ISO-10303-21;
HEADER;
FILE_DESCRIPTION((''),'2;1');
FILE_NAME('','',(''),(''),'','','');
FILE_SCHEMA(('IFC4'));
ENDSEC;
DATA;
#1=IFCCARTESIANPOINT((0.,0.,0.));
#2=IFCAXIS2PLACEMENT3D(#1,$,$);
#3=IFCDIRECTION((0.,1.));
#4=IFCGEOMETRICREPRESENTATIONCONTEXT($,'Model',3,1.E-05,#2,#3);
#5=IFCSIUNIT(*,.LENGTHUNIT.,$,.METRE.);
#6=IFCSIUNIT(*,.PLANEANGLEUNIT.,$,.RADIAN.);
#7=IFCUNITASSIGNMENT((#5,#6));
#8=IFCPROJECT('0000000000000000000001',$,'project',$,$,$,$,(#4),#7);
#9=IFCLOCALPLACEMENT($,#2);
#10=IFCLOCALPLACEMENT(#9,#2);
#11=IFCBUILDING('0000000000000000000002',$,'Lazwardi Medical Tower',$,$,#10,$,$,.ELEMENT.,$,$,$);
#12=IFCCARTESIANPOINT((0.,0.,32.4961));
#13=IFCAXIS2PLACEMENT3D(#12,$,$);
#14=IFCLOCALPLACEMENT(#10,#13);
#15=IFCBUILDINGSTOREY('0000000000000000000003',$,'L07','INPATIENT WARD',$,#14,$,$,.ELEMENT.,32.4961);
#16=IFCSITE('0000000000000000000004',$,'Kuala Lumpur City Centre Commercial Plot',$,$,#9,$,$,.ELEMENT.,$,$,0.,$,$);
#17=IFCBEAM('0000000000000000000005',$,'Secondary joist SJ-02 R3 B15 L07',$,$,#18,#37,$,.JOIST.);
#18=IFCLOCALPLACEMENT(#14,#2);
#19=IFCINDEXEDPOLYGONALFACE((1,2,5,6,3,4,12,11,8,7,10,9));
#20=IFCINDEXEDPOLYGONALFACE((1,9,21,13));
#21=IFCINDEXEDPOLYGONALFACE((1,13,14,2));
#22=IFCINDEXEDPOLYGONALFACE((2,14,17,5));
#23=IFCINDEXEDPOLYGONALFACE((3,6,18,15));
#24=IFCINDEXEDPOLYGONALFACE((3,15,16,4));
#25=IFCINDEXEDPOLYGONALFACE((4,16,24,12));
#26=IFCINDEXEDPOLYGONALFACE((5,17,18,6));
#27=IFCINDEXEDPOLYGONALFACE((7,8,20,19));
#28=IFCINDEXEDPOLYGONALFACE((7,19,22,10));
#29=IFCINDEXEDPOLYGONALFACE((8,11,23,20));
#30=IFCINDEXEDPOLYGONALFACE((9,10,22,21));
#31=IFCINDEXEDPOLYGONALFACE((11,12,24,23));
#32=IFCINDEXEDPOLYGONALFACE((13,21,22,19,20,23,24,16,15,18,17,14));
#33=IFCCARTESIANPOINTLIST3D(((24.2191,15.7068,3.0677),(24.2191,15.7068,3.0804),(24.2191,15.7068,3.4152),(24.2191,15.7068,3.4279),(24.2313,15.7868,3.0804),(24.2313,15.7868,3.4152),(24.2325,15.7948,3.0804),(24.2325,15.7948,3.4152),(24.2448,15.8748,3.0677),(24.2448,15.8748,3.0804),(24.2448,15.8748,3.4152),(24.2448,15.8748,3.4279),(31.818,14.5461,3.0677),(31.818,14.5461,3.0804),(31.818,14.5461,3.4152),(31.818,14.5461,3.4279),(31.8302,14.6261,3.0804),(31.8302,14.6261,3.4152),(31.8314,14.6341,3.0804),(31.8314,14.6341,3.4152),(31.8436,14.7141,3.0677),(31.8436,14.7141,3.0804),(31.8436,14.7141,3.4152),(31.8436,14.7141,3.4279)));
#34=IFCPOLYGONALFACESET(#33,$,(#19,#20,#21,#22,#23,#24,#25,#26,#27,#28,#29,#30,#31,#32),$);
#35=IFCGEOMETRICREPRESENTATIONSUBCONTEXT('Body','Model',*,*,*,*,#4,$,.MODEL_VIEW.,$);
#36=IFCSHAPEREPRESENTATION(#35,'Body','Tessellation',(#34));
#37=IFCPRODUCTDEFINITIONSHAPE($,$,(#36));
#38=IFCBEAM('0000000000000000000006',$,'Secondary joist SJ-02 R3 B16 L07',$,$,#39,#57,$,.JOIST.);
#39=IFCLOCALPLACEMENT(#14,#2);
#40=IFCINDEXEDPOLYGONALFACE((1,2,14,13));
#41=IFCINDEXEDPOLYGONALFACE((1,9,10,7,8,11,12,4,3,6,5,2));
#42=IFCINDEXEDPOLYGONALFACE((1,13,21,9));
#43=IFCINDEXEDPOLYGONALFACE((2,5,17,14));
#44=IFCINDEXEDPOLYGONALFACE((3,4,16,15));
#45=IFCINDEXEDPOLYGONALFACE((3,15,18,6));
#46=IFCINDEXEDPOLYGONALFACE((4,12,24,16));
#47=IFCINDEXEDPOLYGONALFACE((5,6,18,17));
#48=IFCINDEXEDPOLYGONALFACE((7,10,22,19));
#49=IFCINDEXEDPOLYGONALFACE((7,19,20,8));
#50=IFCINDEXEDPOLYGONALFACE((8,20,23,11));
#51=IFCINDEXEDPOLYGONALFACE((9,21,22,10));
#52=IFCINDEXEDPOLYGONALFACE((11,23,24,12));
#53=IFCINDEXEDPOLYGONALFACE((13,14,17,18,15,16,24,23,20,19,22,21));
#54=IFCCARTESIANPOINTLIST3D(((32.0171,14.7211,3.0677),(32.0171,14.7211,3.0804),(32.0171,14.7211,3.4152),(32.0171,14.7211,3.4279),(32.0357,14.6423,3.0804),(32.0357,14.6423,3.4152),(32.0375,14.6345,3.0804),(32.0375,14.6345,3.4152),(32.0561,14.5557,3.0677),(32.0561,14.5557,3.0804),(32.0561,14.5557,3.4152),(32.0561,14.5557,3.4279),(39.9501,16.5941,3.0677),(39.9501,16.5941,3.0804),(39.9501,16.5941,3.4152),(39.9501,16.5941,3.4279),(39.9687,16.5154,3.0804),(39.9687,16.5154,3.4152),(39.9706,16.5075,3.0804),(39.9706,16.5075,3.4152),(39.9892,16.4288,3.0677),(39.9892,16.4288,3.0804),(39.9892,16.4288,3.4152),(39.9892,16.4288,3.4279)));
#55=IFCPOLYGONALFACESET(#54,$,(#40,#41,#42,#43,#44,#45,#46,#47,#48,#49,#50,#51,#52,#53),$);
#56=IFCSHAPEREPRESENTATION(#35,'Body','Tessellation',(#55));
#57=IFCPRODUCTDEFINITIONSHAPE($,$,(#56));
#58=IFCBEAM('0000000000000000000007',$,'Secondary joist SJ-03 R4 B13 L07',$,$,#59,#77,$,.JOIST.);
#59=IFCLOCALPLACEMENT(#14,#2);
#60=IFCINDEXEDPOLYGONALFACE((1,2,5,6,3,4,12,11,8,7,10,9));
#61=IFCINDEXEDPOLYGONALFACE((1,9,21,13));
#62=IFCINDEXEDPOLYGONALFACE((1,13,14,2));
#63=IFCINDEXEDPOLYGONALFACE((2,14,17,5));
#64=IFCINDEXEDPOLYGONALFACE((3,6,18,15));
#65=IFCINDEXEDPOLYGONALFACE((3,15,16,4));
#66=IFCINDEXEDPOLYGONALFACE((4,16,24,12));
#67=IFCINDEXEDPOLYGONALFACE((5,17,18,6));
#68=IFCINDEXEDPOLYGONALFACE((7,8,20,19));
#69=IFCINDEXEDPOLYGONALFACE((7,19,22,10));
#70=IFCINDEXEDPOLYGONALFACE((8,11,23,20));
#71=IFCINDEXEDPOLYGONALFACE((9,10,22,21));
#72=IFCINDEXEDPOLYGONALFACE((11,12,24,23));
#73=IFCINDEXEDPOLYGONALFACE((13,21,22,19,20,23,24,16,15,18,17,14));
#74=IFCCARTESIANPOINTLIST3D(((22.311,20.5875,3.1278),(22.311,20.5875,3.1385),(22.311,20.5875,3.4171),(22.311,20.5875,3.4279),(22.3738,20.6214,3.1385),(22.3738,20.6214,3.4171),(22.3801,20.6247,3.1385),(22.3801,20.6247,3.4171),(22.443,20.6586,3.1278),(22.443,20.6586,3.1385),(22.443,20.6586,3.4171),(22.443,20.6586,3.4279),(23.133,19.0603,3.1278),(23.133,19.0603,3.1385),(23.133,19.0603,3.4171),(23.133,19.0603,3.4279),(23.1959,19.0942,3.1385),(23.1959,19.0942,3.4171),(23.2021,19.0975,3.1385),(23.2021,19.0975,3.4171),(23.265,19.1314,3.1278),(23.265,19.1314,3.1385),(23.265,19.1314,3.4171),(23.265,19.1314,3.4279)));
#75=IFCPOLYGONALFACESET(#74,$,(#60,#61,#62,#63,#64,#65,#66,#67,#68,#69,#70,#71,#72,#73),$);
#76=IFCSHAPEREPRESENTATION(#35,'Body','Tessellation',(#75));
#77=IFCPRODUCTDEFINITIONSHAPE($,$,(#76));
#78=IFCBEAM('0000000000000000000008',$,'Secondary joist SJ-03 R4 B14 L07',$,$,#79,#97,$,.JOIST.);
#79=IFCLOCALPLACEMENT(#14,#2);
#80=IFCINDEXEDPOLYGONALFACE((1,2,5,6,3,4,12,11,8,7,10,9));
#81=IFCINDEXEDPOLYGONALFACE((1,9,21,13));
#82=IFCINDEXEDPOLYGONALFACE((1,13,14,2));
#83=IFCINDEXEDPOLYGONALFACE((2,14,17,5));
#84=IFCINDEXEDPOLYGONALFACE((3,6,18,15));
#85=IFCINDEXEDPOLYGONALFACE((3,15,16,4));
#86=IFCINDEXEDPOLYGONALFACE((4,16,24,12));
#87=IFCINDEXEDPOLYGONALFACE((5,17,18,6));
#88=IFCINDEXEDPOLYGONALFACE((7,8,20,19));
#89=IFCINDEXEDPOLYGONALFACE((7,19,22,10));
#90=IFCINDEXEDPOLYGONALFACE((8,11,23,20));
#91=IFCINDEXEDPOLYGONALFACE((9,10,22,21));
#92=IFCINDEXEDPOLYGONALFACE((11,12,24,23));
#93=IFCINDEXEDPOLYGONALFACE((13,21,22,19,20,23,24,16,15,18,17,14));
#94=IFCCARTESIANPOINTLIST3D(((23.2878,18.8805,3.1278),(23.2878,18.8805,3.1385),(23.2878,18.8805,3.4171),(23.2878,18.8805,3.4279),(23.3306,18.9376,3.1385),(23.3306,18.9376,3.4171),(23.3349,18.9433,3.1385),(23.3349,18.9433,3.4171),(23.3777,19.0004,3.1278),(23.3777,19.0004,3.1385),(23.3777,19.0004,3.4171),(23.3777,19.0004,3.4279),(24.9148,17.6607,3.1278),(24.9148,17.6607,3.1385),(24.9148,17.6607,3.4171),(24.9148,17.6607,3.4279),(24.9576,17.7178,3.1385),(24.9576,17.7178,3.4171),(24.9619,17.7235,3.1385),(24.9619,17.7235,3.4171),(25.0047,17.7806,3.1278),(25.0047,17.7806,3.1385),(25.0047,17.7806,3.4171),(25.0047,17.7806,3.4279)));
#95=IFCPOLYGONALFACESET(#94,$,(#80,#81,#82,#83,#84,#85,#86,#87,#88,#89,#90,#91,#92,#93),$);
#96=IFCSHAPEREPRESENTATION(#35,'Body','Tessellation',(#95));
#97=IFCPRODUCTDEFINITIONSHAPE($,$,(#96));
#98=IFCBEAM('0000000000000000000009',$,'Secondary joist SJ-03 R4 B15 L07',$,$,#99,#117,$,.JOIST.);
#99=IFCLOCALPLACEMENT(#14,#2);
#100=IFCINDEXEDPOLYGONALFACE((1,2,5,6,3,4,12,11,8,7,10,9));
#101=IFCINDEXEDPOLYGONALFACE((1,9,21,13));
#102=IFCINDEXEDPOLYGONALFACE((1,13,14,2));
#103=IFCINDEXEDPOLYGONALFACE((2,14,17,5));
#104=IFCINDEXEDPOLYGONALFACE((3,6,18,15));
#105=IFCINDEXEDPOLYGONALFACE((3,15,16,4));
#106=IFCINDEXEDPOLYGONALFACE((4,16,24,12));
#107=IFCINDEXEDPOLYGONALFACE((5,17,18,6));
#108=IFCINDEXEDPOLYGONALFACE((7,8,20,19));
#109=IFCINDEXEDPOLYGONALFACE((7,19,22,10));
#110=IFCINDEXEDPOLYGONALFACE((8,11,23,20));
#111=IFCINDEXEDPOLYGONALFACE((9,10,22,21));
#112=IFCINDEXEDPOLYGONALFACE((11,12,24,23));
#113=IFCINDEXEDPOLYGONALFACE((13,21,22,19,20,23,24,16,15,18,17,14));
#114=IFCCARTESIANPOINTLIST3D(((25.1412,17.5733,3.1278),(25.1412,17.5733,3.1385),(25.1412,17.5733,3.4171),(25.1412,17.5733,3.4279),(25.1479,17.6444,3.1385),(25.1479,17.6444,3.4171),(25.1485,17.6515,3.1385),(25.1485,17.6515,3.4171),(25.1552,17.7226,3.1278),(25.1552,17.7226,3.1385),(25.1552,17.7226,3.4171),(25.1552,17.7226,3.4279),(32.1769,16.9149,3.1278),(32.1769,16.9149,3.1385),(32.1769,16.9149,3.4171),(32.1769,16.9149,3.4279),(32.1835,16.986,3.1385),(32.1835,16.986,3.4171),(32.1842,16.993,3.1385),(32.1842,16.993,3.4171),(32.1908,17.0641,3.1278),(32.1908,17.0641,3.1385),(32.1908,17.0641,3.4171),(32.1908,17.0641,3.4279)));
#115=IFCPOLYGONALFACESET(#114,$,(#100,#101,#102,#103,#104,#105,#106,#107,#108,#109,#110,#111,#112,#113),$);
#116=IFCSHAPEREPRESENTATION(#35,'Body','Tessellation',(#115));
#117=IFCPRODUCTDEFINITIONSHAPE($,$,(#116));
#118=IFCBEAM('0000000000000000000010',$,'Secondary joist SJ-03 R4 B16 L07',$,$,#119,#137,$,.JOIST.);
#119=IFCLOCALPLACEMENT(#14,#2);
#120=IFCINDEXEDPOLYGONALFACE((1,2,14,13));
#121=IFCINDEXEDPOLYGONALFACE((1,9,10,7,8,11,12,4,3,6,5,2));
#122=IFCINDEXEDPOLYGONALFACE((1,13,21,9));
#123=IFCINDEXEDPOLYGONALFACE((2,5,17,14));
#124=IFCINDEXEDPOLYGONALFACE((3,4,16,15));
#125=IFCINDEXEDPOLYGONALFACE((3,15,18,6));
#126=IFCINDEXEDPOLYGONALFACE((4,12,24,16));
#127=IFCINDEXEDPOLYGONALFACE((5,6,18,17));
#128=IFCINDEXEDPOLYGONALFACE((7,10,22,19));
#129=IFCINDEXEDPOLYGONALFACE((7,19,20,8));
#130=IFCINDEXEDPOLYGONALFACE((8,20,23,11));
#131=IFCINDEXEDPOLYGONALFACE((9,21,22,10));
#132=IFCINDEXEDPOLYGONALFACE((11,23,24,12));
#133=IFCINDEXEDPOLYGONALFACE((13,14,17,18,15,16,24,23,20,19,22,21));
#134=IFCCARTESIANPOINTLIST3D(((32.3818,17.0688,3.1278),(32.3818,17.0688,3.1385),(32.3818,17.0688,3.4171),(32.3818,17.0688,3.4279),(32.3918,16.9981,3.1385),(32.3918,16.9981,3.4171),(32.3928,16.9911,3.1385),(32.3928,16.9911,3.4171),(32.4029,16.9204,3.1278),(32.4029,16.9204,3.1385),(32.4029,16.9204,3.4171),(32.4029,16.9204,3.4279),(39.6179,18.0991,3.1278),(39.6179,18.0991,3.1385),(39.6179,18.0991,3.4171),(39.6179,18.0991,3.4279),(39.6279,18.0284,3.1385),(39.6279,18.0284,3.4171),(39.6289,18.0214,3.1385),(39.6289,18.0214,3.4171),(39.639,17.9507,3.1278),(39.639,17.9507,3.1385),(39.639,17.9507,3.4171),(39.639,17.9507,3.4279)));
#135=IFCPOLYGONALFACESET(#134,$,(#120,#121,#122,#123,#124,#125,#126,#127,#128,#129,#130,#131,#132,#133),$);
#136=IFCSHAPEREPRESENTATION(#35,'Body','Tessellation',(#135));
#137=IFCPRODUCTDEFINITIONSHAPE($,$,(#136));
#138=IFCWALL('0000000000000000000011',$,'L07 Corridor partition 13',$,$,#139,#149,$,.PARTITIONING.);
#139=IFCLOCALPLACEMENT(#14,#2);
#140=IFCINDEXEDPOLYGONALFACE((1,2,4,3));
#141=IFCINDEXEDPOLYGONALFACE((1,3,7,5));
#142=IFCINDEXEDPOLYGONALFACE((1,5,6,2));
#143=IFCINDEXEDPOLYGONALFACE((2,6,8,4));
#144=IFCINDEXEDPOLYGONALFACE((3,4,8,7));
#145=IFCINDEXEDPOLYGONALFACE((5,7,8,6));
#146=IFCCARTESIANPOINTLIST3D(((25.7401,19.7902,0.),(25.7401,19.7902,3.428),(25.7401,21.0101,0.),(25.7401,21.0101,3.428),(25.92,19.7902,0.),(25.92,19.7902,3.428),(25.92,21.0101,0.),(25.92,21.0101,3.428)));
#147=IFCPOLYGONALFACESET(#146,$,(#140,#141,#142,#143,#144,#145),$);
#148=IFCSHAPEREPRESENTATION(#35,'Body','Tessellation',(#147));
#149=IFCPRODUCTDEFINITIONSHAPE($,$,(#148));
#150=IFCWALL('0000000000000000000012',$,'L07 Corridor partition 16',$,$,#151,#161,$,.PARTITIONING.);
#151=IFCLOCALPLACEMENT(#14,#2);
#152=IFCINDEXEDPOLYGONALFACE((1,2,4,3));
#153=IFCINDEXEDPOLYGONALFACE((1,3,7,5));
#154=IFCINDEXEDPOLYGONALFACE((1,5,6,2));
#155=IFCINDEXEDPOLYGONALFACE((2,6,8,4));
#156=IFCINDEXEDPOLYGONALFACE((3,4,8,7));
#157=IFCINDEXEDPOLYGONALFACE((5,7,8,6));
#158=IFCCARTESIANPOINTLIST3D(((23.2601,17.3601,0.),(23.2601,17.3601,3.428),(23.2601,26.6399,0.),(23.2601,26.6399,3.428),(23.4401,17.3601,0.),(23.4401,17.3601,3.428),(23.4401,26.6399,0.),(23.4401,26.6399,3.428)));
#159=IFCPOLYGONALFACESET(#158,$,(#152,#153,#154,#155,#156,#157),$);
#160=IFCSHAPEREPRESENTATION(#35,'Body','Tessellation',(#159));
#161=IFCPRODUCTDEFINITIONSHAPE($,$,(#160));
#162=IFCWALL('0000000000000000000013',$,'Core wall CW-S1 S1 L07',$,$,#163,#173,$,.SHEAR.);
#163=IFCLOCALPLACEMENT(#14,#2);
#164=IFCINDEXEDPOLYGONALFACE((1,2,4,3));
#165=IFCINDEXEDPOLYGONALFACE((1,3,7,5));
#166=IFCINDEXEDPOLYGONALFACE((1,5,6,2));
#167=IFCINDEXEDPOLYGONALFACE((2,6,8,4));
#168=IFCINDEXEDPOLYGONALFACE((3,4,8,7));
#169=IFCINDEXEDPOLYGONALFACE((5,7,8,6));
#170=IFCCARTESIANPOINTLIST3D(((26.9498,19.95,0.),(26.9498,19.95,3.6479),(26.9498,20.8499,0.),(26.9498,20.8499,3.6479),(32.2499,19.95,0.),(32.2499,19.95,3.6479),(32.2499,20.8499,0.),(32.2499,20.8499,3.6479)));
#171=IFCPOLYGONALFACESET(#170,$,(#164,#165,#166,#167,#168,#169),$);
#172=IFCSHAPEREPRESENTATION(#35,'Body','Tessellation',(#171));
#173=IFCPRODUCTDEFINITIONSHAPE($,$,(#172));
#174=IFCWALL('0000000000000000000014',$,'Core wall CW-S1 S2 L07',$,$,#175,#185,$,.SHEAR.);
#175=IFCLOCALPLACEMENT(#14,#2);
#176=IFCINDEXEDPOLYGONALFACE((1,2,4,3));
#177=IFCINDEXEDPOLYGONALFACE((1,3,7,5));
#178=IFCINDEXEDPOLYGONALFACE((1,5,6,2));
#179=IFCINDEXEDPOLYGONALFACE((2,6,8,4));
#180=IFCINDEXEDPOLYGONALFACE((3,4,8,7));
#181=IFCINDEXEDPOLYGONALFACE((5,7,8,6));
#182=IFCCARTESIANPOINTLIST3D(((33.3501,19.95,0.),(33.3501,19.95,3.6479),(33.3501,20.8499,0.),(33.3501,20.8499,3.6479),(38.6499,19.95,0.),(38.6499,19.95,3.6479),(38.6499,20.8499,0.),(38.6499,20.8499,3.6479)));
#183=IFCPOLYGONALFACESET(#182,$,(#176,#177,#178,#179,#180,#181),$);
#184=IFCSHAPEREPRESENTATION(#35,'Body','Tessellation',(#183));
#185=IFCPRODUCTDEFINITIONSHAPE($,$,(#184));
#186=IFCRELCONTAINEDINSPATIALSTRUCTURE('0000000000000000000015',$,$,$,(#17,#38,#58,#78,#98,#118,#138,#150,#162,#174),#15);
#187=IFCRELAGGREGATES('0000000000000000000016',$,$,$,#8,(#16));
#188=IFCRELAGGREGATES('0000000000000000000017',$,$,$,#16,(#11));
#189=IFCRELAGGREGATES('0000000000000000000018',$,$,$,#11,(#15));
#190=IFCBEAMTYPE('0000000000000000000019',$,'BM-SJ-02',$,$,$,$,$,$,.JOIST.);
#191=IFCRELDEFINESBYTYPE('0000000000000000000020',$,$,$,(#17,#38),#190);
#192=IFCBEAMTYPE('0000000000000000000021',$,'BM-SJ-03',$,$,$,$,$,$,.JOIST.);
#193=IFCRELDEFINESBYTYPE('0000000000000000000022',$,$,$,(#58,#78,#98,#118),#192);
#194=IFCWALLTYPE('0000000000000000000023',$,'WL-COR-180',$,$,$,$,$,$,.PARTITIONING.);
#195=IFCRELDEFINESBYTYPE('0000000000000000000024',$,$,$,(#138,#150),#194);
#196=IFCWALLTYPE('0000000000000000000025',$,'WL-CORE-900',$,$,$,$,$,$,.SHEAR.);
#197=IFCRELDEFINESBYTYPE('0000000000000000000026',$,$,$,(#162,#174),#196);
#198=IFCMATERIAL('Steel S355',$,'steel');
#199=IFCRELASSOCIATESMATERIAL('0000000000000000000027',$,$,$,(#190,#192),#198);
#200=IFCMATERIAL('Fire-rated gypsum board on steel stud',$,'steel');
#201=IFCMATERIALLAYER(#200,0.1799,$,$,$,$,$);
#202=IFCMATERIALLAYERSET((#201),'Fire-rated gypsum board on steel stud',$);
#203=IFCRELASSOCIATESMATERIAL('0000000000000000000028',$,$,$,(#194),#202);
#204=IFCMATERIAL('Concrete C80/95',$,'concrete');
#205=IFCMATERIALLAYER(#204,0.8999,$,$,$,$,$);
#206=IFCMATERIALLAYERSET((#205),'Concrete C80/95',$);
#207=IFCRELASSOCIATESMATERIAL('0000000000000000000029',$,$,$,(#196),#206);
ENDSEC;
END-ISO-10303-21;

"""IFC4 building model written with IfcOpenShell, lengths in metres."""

from ifc_helpers import new_model, si_unit, direction, frame, frame_2d, origin, origin_2d, place, context, subcontext, project, spatial, rectangle, i_section, extrude, material, layer, layer_set, material_profile, profile_set, type_object, element, save


model = new_model("IFC4")

# Units and contexts
model_context = context("Model", 3, precision=1e-05, world=origin(), true_north=direction((0.0, 1.0)))
body_context = subcontext(model_context, "Body", "Model", "MODEL_VIEW")
ifc_project = project(units=[si_unit("LENGTHUNIT", "METRE"), si_unit("PLANEANGLEUNIT", "RADIAN")], contexts=[model_context])

# Site, building, storey
site_placement = place(None, origin())
site = spatial("IfcSite", under=ifc_project, at=site_placement, Name="Kuala Lumpur City Centre Commercial Plot", CompositionType="ELEMENT", RefElevation=0.0)
building_placement = place(site_placement, origin())
building = spatial("IfcBuilding", under=site, at=building_placement, Name="Lazwardi Medical Tower", CompositionType="ELEMENT")
storey_placement = place(building_placement, frame((0.0, 0.0, 32.4961)))
storey = spatial("IfcBuildingStorey", under=building, at=storey_placement, Name="L07", Description="INPATIENT WARD", CompositionType="ELEMENT", Elevation=32.4961)

# Shared definitions
ifc_material_1 = material(Name="Concrete C80/95", Category="concrete")

# Beams
ifc_material_2 = material(Name="Steel S355", Category="steel")
ifc_material_profile_1 = material_profile(ifc_material_2, i_section(OverallWidth=0.1699, OverallDepth=0.3601, WebThickness=0.0081, FlangeThickness=0.0127, at=origin_2d()), Name="IPE 360")
ifc_profile_set_1 = profile_set([ifc_material_profile_1], Name="Steel S355")
beam_type_1 = type_object("IfcBeamType", Name="BM-SJ-02", PredefinedType="JOIST", material=ifc_profile_set_1)
beam_1_placement = place(storey_placement, frame((24.2319, 15.7908, 3.2478), z_axis=(0.988536, -0.150988, 0.0), x_axis=(0.150988, 0.988536, 0.0)))
element("IfcBeam", 1, at=beam_1_placement, inside=storey, type_object=beam_type_1, Name="Secondary joist SJ-02 R3 B15 L07", PredefinedType="JOIST", context=body_context, shape_type="SweptSolid", body=[
    extrude(i_section(OverallWidth=0.1699, OverallDepth=0.3601, WebThickness=0.0081, FlangeThickness=0.0127, at=origin_2d()), origin(), (0.0, 0.0, 1.0), 7.687),
])
beam_2_placement = place(storey_placement, frame((32.0366, 14.6384, 3.2478), z_axis=(0.973241, 0.229787, 0.0), x_axis=(-0.229787, 0.973241, 0.0)))
element("IfcBeam", 2, at=beam_2_placement, inside=storey, type_object=beam_type_1, Name="Secondary joist SJ-02 R3 B16 L07", PredefinedType="JOIST", context=body_context, shape_type="SweptSolid", body=[
    extrude(i_section(OverallWidth=0.1699, OverallDepth=0.3601, WebThickness=0.0081, FlangeThickness=0.0127, at=origin_2d()), origin(), (0.0, 0.0, 1.0), 8.1511),
])
ifc_material_profile_2 = material_profile(ifc_material_2, i_section(OverallWidth=0.1499, OverallDepth=0.3, WebThickness=0.0071, FlangeThickness=0.0107, at=origin_2d()), Name="IPE 300")
ifc_profile_set_2 = profile_set([ifc_material_profile_2], Name="Steel S355")
beam_type_2 = type_object("IfcBeamType", Name="BM-SJ-03", PredefinedType="JOIST", material=ifc_profile_set_2)
beam_3_placement = place(storey_placement, frame((22.377, 20.623, 3.2778), z_axis=(0.473982, -0.880534, 0.0), x_axis=(0.880534, 0.473982, 0.0)))
element("IfcBeam", 3, at=beam_3_placement, inside=storey, type_object=beam_type_2, Name="Secondary joist SJ-03 R4 B13 L07", PredefinedType="JOIST", context=body_context, shape_type="SweptSolid", body=[
    extrude(i_section(OverallWidth=0.1499, OverallDepth=0.3, WebThickness=0.0071, FlangeThickness=0.0107, at=origin_2d()), origin(), (0.0, 0.0, 1.0), 1.7344),
])
beam_4_placement = place(storey_placement, frame((23.3328, 18.9404, 3.2778), z_axis=(0.800115, -0.599846, 0.0), x_axis=(0.599846, 0.800115, 0.0)))
element("IfcBeam", 4, at=beam_4_placement, inside=storey, type_object=beam_type_2, Name="Secondary joist SJ-03 R4 B14 L07", PredefinedType="JOIST", context=body_context, shape_type="SweptSolid", body=[
    extrude(i_section(OverallWidth=0.1499, OverallDepth=0.3, WebThickness=0.0071, FlangeThickness=0.0107, at=origin_2d()), origin(), (0.0, 0.0, 1.0), 2.0334),
])
beam_5_placement = place(storey_placement, frame((25.1482, 17.6479, 3.2778), z_axis=(0.995649, -0.09318, 0.0), x_axis=(0.09318, 0.995649, 0.0)))
element("IfcBeam", 5, at=beam_5_placement, inside=storey, type_object=beam_type_2, Name="Secondary joist SJ-03 R4 B15 L07", PredefinedType="JOIST", context=body_context, shape_type="SweptSolid", body=[
    extrude(i_section(OverallWidth=0.1499, OverallDepth=0.3, WebThickness=0.0071, FlangeThickness=0.0107, at=origin_2d()), origin(), (0.0, 0.0, 1.0), 7.0664),
])
beam_6_placement = place(storey_placement, frame((32.3923, 16.9946, 3.2778), z_axis=(0.990016, 0.140958, 0.0), x_axis=(-0.140958, 0.990016, 0.0)))
element("IfcBeam", 6, at=beam_6_placement, inside=storey, type_object=beam_type_2, Name="Secondary joist SJ-03 R4 B16 L07", PredefinedType="JOIST", context=body_context, shape_type="SweptSolid", body=[
    extrude(i_section(OverallWidth=0.1499, OverallDepth=0.3, WebThickness=0.0071, FlangeThickness=0.0107, at=origin_2d()), origin(), (0.0, 0.0, 1.0), 7.3091),
])

# Walls
ifc_material_3 = material(Name="Fire-rated gypsum board on steel stud", Category="steel")
ifc_layer_1 = layer(ifc_material_3, 0.1799)
ifc_layer_set_1 = layer_set([ifc_layer_1], Name="Fire-rated gypsum board on steel stud")
wall_type_1 = type_object("IfcWallType", Name="WL-COR-180", PredefinedType="PARTITIONING", material=ifc_layer_set_1)
wall_1_placement = place(storey_placement, frame((25.8301, 21.01, 0.0), z_axis=(0.0, 0.0, 1.0), x_axis=(0.0, -1.0, 0.0)))
element("IfcWall", 7, at=wall_1_placement, inside=storey, type_object=wall_type_1, Name="L07 Corridor partition 13", PredefinedType="PARTITIONING", context=body_context, shape_type="SweptSolid", body=[
    extrude(rectangle(XDim=1.22, YDim=0.1799, at=frame_2d((0.6099, 0.0))), origin(), (0.0, 0.0, 1.0), 3.428),
])
wall_2_placement = place(storey_placement, frame((23.3501, 17.3601, 0.0), z_axis=(0.0, 0.0, 1.0), x_axis=(0.0, 1.0, 0.0)))
element("IfcWall", 8, at=wall_2_placement, inside=storey, type_object=wall_type_1, Name="L07 Corridor partition 16", PredefinedType="PARTITIONING", context=body_context, shape_type="SweptSolid", body=[
    extrude(rectangle(XDim=9.2798, YDim=0.1799, at=frame_2d((4.6399, 0.0))), origin(), (0.0, 0.0, 1.0), 3.428),
])

# Shared definitions
ifc_layer_2 = layer(ifc_material_1, 0.8999)
ifc_layer_set_2 = layer_set([ifc_layer_2], Name="Concrete C80/95")
wall_type_2 = type_object("IfcWallType", Name="WL-CORE-900", PredefinedType="SHEAR", material=ifc_layer_set_2)

# Walls
wall_3_placement = place(storey_placement, frame((26.95, 20.3999, 0.0), z_axis=(0.0, 0.0, 1.0), x_axis=(1.0, 0.0, 0.0)))
element("IfcWall", 9, at=wall_3_placement, inside=storey, type_object=wall_type_2, Name="Core wall CW-S1 S1 L07", PredefinedType="SHEAR", context=body_context, shape_type="SweptSolid", body=[
    extrude(rectangle(XDim=5.3, YDim=0.8999, at=frame_2d((2.6499, 0.0))), origin(), (0.0, 0.0, 1.0), 3.6479),
])
wall_4_placement = place(storey_placement, frame((33.3501, 20.3999, 0.0), z_axis=(0.0, 0.0, 1.0), x_axis=(1.0, 0.0, 0.0)))
element("IfcWall", 10, at=wall_4_placement, inside=storey, type_object=wall_type_2, Name="Core wall CW-S1 S2 L07", PredefinedType="SHEAR", context=body_context, shape_type="SweptSolid", body=[
    extrude(rectangle(XDim=5.2998, YDim=0.8999, at=frame_2d((2.6499, 0.0))), origin(), (0.0, 0.0, 1.0), 3.6479),
])

save(model, "model.ifc")
